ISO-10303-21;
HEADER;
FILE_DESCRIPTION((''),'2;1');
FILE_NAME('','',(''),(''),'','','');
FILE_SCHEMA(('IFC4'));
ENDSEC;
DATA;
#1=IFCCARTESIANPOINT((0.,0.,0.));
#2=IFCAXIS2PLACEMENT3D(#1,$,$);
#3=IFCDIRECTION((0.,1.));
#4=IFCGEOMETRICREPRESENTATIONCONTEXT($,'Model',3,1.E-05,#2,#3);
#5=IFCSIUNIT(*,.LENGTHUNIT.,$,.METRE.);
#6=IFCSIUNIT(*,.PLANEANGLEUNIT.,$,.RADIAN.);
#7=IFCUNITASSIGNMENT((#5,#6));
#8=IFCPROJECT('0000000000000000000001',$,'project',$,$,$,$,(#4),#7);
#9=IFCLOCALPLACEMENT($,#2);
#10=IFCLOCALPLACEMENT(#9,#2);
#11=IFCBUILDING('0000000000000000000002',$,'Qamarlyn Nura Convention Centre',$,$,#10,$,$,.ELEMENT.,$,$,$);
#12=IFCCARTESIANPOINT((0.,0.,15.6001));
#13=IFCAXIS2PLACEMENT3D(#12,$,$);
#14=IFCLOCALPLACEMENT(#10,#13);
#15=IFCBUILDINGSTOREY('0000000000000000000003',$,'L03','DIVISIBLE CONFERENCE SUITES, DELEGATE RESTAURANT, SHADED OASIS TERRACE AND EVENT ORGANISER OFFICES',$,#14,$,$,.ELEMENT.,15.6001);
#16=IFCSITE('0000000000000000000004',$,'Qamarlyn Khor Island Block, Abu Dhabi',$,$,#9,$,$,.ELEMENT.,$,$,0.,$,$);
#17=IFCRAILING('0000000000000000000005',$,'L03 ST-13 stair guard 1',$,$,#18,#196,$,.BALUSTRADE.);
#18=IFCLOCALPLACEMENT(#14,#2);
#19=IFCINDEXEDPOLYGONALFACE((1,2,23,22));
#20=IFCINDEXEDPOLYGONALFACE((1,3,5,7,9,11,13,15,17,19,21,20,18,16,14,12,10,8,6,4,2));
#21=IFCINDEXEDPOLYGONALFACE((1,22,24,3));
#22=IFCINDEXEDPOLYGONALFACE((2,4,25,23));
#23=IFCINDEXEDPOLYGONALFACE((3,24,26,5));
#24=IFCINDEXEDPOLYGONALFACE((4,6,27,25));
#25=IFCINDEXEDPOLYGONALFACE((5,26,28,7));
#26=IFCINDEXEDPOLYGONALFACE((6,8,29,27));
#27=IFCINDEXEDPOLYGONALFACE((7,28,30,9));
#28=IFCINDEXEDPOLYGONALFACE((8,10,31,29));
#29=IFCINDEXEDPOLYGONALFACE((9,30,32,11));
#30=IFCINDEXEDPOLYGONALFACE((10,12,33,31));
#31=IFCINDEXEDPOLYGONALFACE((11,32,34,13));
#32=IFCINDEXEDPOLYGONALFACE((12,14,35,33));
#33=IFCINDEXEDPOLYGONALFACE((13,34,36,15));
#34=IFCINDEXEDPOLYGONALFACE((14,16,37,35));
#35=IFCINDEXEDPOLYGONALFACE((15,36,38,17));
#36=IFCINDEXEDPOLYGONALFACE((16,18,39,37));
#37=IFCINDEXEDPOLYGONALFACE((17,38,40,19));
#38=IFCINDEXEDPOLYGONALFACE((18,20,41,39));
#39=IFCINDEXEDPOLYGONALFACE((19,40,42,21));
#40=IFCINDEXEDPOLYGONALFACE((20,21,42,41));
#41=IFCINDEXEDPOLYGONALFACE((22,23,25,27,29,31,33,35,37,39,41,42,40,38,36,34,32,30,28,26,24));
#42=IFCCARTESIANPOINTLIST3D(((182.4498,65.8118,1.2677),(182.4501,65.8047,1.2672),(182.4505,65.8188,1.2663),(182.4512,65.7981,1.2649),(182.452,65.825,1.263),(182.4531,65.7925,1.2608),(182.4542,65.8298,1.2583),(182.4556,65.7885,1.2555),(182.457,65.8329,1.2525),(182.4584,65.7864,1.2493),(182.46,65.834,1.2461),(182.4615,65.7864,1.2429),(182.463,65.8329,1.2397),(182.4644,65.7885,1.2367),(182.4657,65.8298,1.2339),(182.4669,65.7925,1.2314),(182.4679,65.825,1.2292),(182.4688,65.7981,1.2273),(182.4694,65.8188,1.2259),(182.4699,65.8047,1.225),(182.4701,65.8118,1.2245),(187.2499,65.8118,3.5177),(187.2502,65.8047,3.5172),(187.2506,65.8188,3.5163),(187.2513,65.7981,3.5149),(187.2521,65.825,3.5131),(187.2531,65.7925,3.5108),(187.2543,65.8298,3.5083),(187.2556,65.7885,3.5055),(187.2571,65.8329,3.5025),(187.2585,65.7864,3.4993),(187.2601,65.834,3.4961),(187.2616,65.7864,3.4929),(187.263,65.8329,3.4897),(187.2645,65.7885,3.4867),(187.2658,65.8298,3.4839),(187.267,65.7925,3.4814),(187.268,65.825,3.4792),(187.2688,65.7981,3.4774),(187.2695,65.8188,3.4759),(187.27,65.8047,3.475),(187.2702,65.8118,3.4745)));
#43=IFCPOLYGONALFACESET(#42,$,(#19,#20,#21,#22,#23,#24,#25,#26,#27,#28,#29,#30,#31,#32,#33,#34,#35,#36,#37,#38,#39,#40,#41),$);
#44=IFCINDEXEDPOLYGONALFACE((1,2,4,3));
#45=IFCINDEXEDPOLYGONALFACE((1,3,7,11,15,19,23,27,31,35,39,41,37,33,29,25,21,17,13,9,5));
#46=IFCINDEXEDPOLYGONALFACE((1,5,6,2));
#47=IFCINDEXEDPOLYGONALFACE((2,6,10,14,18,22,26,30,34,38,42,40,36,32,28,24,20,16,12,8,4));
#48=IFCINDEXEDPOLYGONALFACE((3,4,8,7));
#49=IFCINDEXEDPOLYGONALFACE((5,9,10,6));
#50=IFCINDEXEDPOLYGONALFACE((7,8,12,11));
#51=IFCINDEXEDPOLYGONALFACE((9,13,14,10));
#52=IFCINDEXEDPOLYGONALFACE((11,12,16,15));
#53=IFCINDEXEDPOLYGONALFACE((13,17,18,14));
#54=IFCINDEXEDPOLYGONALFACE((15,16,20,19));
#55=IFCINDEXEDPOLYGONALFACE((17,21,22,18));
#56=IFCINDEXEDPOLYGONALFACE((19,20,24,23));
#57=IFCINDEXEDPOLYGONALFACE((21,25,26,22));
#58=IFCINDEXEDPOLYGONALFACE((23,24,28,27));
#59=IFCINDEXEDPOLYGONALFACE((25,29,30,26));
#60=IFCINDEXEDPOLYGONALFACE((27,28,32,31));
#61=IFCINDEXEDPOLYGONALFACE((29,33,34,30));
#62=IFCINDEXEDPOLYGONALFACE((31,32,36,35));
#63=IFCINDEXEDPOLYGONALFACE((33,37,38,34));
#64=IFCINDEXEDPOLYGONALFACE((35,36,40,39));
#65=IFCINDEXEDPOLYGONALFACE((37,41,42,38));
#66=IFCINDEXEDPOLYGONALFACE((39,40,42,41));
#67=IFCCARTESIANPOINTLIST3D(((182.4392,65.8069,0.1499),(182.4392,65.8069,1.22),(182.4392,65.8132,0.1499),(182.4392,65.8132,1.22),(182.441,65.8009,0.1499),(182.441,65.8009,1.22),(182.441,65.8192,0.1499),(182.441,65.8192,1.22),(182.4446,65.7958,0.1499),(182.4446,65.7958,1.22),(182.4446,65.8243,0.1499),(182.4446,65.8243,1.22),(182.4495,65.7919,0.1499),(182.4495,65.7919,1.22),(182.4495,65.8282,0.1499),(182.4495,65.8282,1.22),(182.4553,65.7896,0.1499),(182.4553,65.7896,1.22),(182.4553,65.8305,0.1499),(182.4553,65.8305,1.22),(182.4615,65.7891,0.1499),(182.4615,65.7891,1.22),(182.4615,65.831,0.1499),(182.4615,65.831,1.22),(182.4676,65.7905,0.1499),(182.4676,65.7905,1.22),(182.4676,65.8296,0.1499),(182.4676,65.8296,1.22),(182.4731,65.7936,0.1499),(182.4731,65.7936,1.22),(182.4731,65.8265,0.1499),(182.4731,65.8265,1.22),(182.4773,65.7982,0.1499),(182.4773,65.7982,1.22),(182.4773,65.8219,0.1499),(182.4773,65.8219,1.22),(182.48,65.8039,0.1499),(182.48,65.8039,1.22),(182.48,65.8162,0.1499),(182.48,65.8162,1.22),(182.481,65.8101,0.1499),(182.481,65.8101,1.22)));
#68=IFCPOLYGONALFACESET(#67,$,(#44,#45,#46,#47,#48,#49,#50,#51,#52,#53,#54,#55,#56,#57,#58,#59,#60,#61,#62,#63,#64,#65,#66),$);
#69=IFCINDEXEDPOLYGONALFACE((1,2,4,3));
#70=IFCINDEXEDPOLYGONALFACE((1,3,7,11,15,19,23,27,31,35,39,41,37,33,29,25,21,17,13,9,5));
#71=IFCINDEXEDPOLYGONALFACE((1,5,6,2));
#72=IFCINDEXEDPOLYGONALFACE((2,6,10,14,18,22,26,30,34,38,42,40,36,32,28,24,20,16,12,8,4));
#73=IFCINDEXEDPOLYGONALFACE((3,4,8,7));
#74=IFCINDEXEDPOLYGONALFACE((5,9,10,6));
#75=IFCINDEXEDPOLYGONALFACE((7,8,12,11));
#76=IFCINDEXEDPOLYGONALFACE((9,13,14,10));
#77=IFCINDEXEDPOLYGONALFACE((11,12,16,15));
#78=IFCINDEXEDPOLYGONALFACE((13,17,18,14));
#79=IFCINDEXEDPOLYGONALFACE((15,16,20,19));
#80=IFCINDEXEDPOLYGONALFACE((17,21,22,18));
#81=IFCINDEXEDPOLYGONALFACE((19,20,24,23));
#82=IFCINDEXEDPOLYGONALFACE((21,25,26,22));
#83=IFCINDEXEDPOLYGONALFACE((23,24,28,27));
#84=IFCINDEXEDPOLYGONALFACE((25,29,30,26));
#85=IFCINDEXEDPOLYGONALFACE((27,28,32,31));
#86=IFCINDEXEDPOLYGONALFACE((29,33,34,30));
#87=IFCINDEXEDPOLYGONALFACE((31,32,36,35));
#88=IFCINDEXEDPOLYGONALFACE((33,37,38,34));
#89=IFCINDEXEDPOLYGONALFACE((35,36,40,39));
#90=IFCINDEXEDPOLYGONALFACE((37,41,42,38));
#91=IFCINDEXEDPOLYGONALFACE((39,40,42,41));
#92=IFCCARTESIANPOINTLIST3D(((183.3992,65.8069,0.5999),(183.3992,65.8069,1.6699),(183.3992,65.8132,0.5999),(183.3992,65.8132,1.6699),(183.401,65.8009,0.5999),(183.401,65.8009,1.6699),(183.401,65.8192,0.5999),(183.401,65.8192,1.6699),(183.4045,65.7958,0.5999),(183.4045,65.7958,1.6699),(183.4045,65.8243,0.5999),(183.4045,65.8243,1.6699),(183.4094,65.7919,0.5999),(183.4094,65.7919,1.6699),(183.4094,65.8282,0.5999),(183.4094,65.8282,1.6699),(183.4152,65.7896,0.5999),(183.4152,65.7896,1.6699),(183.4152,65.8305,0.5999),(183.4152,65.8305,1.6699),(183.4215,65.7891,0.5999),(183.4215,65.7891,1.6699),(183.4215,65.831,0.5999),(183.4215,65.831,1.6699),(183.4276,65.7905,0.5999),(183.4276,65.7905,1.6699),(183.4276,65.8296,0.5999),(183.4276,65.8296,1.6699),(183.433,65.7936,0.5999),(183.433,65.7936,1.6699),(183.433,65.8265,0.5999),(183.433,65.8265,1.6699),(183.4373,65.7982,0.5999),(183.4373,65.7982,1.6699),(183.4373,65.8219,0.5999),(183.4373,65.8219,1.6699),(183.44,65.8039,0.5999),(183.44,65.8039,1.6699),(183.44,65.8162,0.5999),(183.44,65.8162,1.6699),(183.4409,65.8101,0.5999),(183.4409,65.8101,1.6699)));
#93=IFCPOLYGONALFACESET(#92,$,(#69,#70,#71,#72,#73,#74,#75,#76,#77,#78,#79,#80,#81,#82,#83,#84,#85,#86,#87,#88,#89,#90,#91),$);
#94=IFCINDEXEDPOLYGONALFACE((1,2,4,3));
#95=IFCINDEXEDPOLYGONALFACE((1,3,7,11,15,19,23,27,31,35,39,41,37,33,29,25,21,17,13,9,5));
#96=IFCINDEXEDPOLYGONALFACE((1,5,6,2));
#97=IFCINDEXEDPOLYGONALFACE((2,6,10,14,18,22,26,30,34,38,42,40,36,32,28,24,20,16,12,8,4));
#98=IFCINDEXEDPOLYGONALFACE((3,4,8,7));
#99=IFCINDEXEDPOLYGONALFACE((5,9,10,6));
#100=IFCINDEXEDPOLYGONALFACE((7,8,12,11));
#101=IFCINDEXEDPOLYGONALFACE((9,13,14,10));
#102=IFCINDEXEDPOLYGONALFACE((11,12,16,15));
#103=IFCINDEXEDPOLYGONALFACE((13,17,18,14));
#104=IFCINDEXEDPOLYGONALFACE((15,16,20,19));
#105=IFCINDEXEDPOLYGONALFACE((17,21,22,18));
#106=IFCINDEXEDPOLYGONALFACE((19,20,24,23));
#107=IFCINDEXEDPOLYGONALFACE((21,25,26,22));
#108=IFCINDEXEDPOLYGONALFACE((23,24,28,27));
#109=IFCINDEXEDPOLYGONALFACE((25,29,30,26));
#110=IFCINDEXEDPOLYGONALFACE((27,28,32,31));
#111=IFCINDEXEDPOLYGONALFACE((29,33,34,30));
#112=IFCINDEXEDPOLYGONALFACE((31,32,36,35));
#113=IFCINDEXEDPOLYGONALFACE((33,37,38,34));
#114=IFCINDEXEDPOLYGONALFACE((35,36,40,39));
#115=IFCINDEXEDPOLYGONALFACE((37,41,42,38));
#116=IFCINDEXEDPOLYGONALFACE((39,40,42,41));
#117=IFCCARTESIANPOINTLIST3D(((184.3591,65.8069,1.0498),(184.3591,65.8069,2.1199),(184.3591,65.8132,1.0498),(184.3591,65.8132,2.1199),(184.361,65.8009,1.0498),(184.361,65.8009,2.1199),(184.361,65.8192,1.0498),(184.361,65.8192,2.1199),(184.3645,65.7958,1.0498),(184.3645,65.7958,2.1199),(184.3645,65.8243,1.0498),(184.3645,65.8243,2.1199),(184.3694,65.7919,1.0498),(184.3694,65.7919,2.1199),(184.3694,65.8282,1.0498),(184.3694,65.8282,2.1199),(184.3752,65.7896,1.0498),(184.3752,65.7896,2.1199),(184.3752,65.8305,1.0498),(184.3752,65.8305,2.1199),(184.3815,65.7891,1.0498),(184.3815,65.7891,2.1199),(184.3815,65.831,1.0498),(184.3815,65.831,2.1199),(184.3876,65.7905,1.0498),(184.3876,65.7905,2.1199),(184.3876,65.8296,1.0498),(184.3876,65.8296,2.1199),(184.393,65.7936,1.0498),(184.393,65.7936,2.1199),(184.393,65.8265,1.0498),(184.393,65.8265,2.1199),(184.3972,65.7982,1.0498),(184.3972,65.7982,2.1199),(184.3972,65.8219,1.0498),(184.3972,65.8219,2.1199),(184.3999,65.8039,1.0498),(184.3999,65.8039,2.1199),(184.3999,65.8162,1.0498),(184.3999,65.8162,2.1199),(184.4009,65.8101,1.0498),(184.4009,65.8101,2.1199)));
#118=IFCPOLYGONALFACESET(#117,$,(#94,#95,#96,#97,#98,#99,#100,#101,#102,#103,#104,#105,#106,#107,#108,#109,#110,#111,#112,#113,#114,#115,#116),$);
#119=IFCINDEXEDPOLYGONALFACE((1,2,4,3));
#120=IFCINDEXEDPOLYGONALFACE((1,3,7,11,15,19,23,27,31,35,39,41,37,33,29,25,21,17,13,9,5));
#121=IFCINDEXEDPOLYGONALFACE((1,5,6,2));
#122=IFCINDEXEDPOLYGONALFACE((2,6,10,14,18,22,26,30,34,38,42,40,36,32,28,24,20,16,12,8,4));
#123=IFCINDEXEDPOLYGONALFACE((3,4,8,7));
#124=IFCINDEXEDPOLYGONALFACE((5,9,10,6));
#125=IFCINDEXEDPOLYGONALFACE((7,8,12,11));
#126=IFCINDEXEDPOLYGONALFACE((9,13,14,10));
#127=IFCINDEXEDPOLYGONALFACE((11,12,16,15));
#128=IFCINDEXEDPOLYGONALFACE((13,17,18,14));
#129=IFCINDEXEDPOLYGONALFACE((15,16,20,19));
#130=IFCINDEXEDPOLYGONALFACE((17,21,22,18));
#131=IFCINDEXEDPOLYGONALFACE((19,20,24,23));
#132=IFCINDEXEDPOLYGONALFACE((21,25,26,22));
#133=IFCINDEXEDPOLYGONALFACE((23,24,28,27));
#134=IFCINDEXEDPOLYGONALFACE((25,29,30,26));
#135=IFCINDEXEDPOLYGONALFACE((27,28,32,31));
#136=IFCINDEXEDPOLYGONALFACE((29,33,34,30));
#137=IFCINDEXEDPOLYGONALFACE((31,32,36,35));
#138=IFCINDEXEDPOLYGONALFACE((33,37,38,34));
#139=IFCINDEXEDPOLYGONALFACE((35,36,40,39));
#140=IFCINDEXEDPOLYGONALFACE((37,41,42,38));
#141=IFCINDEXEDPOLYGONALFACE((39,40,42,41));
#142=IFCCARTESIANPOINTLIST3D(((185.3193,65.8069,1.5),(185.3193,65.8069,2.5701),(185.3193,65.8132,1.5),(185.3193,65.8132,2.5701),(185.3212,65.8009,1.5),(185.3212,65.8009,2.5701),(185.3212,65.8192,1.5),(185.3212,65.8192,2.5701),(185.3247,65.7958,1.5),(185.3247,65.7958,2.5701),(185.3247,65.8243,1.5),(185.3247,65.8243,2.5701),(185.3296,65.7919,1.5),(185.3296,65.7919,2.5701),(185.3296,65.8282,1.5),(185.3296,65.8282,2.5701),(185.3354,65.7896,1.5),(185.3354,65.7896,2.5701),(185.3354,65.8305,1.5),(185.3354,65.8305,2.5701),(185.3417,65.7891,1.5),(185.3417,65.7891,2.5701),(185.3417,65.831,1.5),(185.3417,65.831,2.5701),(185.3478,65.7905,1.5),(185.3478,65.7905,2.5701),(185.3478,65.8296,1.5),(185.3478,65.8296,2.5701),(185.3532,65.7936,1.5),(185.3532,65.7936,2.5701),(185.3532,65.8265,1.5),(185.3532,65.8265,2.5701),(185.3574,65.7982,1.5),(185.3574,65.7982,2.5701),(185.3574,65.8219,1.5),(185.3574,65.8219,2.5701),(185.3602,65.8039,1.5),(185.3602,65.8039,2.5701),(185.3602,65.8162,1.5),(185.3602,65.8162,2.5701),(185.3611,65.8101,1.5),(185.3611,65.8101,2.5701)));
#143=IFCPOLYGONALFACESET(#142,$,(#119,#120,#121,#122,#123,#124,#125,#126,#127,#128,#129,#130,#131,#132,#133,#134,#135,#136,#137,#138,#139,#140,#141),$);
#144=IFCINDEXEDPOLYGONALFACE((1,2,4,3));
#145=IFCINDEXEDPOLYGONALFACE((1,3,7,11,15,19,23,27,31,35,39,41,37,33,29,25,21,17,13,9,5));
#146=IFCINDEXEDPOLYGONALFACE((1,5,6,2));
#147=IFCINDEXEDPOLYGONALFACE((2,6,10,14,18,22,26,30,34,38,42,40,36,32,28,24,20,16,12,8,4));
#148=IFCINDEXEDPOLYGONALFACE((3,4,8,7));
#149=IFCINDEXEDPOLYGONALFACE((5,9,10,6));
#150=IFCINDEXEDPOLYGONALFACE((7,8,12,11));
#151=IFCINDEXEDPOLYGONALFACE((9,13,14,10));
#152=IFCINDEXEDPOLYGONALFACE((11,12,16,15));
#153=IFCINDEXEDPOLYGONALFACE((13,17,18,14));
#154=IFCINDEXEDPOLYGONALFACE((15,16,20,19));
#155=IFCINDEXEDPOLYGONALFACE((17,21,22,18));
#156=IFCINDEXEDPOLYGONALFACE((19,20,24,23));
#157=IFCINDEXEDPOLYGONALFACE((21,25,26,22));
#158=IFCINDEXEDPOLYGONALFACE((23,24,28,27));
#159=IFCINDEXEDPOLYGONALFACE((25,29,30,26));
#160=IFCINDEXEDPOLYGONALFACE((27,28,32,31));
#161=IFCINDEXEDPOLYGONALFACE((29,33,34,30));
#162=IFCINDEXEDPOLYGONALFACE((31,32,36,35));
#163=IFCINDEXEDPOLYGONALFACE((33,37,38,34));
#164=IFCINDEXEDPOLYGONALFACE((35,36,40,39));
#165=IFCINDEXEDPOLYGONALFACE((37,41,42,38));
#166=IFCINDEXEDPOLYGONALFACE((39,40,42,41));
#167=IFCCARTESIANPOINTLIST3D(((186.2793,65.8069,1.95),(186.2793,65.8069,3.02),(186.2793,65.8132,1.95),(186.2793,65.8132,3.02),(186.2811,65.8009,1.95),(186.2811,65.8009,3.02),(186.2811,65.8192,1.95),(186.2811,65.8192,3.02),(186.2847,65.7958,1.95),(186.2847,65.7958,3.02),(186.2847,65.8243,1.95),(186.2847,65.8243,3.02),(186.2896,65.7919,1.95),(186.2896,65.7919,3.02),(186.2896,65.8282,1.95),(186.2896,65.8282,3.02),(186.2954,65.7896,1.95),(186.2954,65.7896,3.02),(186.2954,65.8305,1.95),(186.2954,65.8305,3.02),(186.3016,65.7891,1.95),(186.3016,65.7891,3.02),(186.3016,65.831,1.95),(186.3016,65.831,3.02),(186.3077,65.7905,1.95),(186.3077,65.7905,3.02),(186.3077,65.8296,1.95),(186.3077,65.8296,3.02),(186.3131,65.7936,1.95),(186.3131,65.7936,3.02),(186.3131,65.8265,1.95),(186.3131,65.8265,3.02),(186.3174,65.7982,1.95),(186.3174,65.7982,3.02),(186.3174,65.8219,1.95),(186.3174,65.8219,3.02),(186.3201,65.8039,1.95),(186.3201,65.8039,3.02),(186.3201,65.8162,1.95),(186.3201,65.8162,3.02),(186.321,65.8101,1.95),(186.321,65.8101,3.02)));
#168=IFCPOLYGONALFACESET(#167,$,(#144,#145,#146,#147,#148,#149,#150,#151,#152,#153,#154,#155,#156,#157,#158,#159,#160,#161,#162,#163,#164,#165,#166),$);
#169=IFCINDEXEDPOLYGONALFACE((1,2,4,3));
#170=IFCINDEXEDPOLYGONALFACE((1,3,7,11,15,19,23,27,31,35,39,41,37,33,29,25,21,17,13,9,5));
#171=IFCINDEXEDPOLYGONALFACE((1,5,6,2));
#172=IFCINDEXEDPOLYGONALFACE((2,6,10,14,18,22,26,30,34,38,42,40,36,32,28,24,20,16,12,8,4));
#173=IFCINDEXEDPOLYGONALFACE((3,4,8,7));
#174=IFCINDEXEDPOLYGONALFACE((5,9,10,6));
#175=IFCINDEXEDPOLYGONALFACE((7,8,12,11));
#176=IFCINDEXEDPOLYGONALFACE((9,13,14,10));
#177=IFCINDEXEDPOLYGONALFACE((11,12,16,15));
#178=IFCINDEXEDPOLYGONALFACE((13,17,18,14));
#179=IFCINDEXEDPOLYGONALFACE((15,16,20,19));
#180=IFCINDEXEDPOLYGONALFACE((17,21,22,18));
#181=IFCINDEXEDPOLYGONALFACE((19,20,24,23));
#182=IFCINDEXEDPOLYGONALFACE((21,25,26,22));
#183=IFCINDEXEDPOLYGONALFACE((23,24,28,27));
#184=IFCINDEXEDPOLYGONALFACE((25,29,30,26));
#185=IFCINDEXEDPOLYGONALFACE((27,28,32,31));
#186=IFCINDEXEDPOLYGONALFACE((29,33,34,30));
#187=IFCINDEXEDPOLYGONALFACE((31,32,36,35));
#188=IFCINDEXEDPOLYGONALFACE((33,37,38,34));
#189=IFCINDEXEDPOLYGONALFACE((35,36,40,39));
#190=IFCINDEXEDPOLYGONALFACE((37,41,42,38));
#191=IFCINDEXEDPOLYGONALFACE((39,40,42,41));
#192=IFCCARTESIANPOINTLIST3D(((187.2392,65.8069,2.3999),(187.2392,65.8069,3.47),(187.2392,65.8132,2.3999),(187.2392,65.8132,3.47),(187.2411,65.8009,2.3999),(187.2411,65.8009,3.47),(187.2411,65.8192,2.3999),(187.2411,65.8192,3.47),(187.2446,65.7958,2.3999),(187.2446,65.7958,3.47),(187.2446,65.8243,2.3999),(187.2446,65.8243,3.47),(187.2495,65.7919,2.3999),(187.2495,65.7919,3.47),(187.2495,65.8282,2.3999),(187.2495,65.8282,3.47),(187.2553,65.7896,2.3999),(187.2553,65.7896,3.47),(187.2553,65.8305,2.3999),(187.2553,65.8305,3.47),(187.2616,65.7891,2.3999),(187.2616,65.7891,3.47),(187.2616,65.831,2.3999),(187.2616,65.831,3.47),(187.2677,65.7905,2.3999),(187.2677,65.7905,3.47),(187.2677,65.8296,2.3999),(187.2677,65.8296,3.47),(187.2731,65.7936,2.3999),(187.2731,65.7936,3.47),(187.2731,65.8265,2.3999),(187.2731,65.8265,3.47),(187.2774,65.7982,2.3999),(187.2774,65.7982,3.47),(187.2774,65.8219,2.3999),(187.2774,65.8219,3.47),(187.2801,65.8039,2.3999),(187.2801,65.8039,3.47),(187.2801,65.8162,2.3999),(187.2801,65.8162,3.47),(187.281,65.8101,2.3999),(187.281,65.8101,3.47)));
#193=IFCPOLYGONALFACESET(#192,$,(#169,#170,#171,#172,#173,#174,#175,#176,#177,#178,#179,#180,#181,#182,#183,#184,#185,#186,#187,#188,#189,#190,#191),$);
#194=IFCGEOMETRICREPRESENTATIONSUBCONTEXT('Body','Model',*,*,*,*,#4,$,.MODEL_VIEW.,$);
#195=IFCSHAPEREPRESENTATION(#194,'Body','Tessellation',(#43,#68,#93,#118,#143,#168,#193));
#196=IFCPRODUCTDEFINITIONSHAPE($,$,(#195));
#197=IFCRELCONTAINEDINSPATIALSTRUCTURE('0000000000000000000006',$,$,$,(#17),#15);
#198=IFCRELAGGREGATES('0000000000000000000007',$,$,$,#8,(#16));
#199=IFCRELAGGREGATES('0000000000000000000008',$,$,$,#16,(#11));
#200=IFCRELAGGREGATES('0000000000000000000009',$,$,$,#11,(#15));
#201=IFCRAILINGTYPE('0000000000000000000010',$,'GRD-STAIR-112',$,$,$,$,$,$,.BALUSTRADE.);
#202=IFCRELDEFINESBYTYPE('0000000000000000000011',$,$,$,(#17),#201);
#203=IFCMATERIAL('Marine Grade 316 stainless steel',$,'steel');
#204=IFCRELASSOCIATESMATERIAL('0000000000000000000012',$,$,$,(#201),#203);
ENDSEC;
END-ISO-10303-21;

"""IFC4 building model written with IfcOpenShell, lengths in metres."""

from ifc_helpers import new_model, si_unit, direction, frame, origin, origin_2d, place, context, subcontext, project, spatial, circle, extrude, material, type_object, element, save


model = new_model("IFC4")

# Units and contexts
model_context = context("Model", 3, precision=1e-05, world=origin(), true_north=direction((0.0, 1.0)))
body_context = subcontext(model_context, "Body", "Model", "MODEL_VIEW")
ifc_project = project(units=[si_unit("LENGTHUNIT", "METRE"), si_unit("PLANEANGLEUNIT", "RADIAN")], contexts=[model_context])

# Site, building, storey
site_placement = place(None, origin())
site = spatial("IfcSite", under=ifc_project, at=site_placement, Name="Qamarlyn Khor Island Block, Abu Dhabi", CompositionType="ELEMENT", RefElevation=0.0)
building_placement = place(site_placement, origin())
building = spatial("IfcBuilding", under=site, at=building_placement, Name="Qamarlyn Nura Convention Centre", CompositionType="ELEMENT")
storey_placement = place(building_placement, frame((0.0, 0.0, 15.6001)))
storey = spatial("IfcBuildingStorey", under=building, at=storey_placement, Name="L03", Description="DIVISIBLE CONFERENCE SUITES, DELEGATE RESTAURANT, SHADED OASIS TERRACE AND EVENT ORGANISER OFFICES", CompositionType="ELEMENT", Elevation=15.6001)

# Shared definitions
ifc_material_1 = material(Name="Marine Grade 316 stainless steel", Category="steel")

# Railing
railing_type_1 = type_object("IfcRailingType", Name="GRD-STAIR-112", PredefinedType="BALUSTRADE", material=ifc_material_1)
railing_1_placement = place(storey_placement, frame((182.46, 65.8101, 0.1499)))
element("IfcRailing", 1, at=railing_1_placement, inside=storey, type_object=railing_type_1, Name="L03 ST-13 stair guard 1", PredefinedType="BALUSTRADE", context=body_context, shape_type="SweptSolid", body=[
    extrude(circle(Radius=0.0239, at=origin_2d()), frame((0.0, 0.0, 1.0962), z_axis=(0.905461, 0.0, 0.42443), x_axis=(0.0, 1.0, 0.0)), (0.0, 0.0, 1.0), 5.3013),
    extrude(circle(Radius=0.021, at=origin_2d()), origin(), (0.0, 0.0, 1.0), 1.0701),
    extrude(circle(Radius=0.021, at=origin_2d()), frame((0.96, 0.0, 0.45)), (0.0, 0.0, 1.0), 1.0701),
    extrude(circle(Radius=0.021, at=origin_2d()), frame((1.9199, 0.0, 0.8999)), (0.0, 0.0, 1.0), 1.0701),
    extrude(circle(Radius=0.021, at=origin_2d()), frame((2.8801, 0.0, 1.3501)), (0.0, 0.0, 1.0), 1.0701),
    extrude(circle(Radius=0.021, at=origin_2d()), frame((3.8401, 0.0, 1.8)), (0.0, 0.0, 1.0), 1.0701),
    extrude(circle(Radius=0.021, at=origin_2d()), frame((4.8, 0.0, 2.25)), (0.0, 0.0, 1.0), 1.0701),
])

save(model, "model.ifc")
